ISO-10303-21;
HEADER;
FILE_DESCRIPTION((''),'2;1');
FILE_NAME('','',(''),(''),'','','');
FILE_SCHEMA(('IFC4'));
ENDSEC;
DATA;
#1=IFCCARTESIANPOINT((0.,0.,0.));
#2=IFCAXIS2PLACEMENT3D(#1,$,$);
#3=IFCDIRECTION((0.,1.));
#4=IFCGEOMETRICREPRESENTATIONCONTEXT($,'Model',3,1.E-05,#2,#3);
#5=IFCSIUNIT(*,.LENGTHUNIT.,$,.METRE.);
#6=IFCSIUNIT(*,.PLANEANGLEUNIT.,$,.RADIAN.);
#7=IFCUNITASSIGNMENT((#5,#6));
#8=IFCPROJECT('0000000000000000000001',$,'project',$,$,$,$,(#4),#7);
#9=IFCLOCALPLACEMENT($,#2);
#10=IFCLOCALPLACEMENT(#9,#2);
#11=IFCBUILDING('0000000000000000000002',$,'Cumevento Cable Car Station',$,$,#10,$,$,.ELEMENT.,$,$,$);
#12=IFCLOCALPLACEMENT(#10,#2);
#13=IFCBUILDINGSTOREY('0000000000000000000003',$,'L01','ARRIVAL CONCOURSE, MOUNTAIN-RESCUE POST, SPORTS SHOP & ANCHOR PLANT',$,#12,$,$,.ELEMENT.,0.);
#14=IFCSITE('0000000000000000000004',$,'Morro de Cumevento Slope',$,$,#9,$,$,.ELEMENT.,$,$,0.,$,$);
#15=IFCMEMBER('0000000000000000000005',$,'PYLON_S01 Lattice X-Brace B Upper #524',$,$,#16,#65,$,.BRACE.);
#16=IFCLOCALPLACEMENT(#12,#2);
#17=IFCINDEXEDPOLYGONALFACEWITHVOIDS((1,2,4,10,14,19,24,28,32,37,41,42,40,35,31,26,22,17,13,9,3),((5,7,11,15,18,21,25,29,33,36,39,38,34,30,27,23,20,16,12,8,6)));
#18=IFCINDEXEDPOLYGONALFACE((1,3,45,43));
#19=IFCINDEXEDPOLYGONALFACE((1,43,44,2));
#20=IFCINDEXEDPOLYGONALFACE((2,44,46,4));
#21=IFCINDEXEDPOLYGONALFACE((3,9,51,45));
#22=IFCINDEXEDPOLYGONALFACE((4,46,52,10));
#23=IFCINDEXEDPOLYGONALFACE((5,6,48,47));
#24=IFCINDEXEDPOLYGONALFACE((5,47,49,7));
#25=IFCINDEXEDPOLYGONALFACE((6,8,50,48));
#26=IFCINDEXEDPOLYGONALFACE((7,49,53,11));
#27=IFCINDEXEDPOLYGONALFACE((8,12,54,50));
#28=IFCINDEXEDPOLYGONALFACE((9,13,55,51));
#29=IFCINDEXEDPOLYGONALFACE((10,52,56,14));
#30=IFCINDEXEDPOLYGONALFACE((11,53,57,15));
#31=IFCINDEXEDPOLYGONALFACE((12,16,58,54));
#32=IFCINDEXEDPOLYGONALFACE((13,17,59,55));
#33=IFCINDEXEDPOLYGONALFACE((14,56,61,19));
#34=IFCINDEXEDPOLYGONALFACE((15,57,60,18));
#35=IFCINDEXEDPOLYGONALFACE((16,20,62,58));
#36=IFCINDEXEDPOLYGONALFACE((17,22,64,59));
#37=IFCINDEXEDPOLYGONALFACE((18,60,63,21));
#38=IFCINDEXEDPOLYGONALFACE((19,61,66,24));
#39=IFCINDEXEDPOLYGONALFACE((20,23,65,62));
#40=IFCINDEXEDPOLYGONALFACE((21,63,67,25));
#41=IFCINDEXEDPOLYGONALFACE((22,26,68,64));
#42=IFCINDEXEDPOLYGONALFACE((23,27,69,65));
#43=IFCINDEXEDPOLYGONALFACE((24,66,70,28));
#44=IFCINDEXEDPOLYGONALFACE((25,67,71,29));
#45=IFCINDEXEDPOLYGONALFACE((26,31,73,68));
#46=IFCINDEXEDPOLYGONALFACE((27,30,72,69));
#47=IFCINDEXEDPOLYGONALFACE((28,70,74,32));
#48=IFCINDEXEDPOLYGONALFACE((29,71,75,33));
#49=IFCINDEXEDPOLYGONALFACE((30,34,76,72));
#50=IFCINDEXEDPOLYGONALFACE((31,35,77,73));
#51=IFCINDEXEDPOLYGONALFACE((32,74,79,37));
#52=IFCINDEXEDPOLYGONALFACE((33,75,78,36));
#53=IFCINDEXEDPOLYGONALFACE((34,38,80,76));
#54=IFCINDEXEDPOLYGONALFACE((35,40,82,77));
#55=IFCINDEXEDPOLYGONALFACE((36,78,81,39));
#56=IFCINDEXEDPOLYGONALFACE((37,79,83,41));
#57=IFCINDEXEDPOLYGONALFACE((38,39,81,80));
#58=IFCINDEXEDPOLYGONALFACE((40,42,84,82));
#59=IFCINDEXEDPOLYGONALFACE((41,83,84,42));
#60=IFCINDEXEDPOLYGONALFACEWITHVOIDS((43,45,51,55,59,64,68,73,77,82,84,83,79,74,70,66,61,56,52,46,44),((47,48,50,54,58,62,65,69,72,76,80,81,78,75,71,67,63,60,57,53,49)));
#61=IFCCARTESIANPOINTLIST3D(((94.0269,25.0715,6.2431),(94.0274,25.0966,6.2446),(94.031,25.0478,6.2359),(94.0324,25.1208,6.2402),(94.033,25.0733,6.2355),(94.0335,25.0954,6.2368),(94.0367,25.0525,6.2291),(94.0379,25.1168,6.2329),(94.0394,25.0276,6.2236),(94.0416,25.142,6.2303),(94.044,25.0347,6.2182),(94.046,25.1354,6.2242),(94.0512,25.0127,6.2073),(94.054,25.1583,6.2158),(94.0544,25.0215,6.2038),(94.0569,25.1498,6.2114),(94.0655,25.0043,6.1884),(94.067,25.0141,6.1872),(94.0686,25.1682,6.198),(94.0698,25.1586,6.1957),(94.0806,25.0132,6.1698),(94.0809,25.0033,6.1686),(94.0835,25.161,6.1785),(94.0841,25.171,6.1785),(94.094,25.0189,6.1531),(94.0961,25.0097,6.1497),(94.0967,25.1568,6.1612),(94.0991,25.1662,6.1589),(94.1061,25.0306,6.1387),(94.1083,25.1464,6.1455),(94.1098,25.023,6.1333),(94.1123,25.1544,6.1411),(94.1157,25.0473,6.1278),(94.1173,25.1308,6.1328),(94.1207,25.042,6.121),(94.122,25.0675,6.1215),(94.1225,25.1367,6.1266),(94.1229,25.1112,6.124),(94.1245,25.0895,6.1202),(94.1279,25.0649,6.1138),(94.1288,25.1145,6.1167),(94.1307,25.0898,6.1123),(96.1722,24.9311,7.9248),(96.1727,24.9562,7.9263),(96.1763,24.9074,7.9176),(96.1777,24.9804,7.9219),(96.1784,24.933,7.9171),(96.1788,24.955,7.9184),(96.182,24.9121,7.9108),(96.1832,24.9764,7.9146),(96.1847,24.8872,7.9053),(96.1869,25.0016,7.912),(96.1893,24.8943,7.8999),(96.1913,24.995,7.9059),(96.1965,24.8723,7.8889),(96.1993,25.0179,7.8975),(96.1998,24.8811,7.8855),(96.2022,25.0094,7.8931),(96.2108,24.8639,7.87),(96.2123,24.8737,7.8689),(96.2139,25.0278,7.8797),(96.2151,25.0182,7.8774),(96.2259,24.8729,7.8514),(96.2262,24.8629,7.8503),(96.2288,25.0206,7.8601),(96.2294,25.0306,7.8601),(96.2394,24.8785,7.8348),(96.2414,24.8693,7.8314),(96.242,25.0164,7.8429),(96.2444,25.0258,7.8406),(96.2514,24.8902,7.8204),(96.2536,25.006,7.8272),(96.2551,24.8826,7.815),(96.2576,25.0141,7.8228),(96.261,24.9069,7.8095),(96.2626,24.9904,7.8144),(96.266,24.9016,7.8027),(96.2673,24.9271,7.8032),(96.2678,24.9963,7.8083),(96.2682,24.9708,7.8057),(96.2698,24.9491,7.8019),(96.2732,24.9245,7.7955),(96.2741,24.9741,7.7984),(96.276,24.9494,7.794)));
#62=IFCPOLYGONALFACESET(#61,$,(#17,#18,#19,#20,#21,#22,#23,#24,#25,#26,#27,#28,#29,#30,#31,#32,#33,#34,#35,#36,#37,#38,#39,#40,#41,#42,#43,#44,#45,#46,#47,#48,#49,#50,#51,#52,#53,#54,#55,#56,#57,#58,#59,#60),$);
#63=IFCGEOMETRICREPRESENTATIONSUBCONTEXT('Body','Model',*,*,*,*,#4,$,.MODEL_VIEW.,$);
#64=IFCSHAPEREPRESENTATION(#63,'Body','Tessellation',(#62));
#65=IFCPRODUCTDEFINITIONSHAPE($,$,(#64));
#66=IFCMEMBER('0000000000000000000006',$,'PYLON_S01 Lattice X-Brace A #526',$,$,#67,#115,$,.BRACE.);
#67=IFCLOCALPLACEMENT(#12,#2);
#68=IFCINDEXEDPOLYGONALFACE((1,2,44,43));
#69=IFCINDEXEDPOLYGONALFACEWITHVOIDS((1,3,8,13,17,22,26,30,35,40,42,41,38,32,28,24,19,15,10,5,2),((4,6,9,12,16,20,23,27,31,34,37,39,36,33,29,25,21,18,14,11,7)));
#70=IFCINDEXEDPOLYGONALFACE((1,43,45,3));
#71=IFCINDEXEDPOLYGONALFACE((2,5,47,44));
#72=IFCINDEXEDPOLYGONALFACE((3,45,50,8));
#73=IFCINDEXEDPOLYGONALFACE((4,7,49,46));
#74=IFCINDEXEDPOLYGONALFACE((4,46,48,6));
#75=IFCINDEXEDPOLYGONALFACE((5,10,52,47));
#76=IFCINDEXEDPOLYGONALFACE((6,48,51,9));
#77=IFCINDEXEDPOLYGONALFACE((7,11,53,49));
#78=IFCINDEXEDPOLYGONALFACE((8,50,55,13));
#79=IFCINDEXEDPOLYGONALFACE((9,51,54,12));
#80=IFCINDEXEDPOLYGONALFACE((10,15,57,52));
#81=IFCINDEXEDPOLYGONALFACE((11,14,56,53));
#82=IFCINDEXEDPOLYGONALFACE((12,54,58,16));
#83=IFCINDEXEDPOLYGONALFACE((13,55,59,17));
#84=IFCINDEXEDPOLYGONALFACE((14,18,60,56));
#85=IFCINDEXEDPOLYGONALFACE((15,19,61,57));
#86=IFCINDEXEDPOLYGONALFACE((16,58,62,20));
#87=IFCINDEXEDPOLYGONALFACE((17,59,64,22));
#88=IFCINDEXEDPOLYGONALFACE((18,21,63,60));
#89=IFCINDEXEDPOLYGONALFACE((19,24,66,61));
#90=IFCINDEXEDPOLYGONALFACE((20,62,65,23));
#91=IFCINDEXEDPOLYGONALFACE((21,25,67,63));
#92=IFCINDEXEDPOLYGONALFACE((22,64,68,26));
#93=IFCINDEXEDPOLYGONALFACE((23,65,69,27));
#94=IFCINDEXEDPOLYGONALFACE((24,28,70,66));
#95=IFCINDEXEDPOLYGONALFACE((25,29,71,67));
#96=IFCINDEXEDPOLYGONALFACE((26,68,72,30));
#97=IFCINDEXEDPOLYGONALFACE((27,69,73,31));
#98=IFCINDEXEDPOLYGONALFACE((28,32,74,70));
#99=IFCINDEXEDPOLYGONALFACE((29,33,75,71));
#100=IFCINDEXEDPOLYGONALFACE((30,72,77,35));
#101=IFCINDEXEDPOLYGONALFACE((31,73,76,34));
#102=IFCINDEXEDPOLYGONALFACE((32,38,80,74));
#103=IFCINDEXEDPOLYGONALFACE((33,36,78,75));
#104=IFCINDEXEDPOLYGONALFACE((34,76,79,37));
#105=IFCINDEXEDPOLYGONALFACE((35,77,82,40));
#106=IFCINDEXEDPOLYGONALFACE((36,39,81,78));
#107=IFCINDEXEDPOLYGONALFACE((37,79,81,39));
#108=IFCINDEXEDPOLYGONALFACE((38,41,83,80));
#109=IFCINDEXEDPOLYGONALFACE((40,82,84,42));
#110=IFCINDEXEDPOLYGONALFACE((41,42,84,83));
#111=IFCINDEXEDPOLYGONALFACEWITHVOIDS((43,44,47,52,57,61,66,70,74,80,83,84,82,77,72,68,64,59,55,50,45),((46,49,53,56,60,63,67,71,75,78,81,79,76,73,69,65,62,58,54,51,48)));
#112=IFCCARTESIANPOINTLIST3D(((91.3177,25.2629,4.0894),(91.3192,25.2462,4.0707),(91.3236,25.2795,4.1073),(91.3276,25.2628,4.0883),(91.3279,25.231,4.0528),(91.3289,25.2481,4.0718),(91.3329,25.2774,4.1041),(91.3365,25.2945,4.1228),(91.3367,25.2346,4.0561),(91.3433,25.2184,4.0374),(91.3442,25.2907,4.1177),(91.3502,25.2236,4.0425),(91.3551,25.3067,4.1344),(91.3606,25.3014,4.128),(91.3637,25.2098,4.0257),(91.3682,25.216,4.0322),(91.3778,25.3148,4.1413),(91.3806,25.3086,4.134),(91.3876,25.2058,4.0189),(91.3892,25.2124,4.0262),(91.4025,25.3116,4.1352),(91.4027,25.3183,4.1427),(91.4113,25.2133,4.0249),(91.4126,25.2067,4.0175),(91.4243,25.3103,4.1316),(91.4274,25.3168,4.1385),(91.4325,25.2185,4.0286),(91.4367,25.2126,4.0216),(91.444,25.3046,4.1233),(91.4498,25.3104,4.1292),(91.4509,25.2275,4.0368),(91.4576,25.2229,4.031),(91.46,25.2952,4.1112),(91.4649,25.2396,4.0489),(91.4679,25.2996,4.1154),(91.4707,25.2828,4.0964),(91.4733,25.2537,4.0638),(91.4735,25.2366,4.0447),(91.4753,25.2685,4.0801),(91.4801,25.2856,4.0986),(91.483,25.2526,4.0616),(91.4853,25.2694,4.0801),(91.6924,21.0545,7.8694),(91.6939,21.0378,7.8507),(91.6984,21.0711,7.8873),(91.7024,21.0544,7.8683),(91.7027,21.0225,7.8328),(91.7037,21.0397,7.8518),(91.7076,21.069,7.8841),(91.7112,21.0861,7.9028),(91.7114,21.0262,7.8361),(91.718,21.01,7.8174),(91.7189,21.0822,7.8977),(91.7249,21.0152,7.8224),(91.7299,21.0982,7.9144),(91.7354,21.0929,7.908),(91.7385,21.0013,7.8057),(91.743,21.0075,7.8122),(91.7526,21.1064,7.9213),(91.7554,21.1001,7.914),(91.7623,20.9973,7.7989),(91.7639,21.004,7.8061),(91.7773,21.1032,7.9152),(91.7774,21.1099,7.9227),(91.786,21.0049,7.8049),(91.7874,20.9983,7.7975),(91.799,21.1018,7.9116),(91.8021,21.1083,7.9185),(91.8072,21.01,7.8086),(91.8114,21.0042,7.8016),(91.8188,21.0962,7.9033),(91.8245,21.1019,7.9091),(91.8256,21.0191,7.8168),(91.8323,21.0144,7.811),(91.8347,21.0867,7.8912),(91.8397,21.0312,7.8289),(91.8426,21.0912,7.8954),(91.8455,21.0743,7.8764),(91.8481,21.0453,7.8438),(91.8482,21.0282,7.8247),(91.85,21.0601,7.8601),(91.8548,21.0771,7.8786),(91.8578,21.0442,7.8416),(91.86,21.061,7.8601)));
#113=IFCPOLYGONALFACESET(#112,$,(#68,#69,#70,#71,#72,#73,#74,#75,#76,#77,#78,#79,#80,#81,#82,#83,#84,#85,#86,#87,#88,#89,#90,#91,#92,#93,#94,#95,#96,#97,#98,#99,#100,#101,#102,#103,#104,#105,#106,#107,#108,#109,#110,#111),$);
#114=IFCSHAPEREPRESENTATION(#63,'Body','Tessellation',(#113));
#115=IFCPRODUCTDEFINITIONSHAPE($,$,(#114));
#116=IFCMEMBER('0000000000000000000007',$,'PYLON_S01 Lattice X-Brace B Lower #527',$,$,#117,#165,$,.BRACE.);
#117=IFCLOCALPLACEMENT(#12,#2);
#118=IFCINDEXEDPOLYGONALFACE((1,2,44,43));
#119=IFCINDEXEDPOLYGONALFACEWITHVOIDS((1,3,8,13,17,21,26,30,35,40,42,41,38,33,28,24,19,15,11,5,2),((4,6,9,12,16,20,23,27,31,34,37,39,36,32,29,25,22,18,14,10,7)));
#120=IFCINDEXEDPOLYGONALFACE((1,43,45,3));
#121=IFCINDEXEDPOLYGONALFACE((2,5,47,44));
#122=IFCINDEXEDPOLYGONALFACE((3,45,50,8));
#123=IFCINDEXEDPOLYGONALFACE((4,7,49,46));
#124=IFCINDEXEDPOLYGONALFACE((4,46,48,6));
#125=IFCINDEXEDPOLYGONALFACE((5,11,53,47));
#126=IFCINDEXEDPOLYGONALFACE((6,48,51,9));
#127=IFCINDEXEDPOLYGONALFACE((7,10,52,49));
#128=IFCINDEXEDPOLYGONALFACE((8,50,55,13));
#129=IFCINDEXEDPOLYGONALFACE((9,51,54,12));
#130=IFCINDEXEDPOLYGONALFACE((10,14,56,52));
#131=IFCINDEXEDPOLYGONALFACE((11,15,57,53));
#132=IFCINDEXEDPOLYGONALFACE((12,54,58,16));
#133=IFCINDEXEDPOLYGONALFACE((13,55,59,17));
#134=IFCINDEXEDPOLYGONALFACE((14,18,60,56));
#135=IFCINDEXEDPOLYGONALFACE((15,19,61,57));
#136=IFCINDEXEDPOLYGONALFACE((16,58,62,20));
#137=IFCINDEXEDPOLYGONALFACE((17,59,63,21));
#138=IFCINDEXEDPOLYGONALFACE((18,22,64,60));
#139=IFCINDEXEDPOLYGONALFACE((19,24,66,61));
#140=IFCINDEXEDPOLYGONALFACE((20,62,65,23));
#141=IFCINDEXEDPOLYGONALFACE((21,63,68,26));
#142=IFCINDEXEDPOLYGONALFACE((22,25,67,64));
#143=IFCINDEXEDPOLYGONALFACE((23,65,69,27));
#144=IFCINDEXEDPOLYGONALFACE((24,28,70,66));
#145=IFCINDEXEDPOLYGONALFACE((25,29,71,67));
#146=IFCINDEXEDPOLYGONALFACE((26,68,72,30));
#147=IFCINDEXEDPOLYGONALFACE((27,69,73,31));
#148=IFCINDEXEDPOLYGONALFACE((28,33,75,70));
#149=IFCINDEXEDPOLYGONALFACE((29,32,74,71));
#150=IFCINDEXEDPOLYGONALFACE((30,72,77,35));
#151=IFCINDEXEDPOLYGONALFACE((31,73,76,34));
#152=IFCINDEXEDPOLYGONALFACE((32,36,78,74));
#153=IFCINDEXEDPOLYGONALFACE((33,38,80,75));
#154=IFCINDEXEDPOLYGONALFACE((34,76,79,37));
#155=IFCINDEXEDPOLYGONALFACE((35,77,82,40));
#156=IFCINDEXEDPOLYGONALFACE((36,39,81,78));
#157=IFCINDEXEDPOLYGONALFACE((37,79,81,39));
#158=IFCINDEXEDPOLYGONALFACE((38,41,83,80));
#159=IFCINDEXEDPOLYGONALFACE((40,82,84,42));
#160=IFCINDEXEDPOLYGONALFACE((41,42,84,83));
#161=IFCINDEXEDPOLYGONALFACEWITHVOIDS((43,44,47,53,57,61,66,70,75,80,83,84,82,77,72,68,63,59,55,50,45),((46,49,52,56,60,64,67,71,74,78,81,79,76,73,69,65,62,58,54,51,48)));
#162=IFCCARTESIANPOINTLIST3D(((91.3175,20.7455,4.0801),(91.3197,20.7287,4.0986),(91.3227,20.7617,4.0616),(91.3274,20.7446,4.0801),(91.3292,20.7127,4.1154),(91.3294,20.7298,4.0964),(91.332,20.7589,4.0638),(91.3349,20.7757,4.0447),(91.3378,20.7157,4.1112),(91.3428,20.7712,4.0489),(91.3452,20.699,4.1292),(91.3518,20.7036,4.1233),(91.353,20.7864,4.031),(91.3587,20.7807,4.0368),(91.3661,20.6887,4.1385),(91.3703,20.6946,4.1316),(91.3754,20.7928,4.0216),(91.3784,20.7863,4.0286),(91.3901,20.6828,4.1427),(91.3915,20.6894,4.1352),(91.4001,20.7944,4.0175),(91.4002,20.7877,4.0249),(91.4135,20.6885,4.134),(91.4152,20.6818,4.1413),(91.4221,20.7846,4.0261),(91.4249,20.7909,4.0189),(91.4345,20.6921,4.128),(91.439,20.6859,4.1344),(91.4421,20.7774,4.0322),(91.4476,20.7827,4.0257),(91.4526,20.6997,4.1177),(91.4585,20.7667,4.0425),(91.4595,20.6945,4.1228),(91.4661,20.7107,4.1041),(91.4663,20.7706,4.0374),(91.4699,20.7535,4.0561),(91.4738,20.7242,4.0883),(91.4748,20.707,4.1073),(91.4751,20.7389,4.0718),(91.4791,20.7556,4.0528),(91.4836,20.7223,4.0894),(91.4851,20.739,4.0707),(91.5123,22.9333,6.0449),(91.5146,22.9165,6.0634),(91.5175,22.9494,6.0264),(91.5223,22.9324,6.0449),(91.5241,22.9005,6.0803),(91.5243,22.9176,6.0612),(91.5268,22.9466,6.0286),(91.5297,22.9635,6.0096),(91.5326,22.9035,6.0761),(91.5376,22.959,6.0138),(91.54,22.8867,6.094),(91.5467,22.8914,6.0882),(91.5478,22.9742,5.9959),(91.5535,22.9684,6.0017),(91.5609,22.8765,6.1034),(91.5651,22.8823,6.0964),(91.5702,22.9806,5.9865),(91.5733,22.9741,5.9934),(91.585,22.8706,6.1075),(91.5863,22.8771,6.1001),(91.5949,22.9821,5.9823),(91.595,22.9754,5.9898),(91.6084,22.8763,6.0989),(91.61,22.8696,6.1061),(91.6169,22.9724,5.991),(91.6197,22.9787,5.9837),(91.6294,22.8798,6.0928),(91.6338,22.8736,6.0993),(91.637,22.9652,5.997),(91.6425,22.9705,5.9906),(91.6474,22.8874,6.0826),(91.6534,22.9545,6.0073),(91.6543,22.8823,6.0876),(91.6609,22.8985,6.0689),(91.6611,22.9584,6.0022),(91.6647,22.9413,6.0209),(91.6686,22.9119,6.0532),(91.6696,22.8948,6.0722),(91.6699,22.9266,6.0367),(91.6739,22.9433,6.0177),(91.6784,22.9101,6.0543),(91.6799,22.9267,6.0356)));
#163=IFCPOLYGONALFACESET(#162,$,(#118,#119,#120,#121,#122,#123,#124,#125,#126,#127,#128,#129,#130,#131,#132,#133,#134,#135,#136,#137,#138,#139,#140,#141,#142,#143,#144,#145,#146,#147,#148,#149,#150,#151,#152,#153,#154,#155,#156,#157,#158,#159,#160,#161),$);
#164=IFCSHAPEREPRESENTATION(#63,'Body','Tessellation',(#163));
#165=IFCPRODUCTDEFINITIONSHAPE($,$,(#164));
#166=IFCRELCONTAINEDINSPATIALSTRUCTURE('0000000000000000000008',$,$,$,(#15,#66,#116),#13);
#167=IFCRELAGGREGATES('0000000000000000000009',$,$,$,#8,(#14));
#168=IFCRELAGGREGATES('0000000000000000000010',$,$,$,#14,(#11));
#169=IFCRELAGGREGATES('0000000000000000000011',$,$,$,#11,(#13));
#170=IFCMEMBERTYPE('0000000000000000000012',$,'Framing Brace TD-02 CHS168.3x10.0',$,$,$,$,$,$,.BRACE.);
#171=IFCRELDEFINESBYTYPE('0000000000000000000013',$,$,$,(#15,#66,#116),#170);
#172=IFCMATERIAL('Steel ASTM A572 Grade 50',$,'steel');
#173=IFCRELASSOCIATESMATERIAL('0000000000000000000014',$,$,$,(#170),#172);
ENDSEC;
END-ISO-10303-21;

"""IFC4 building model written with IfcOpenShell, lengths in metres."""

from ifc_helpers import new_model, si_unit, direction, frame, origin, origin_2d, place, context, subcontext, project, spatial, hollow_circle, extrude, material, material_profile, profile_set, type_object, element, save


model = new_model("IFC4")

# Units and contexts
model_context = context("Model", 3, precision=1e-05, world=origin(), true_north=direction((0.0, 1.0)))
body_context = subcontext(model_context, "Body", "Model", "MODEL_VIEW")
ifc_project = project(units=[si_unit("LENGTHUNIT", "METRE"), si_unit("PLANEANGLEUNIT", "RADIAN")], contexts=[model_context])

# Site, building, storey
site_placement = place(None, origin())
site = spatial("IfcSite", under=ifc_project, at=site_placement, Name="Morro de Cumevento Slope", CompositionType="ELEMENT", RefElevation=0.0)
building_placement = place(site_placement, origin())
building = spatial("IfcBuilding", under=site, at=building_placement, Name="Cumevento Cable Car Station", CompositionType="ELEMENT")
storey_placement = place(building_placement, origin())
storey = spatial("IfcBuildingStorey", under=building, at=storey_placement, Name="L01", Description="ARRIVAL CONCOURSE, MOUNTAIN-RESCUE POST, SPORTS SHOP & ANCHOR PLANT", CompositionType="ELEMENT", Elevation=0.0)

# Members
ifc_material_1 = material(Name="Steel ASTM A572 Grade 50", Category="steel")
ifc_material_profile_1 = material_profile(ifc_material_1, hollow_circle(Radius=0.0842, WallThickness=0.01, at=origin_2d()), Name="CHS168.3x10.0")
ifc_profile_set_1 = profile_set([ifc_material_profile_1], Name="Steel ASTM A572 Grade 50")
member_type_1 = type_object("IfcMemberType", Name="Framing Brace TD-02 CHS168.3x10.0", PredefinedType="BRACE", material=ifc_profile_set_1)
member_1_placement = place(storey_placement, frame((94.0786, 25.0869, 6.1785), z_axis=(0.785975, -0.051432, 0.616115), x_axis=(0.065298, 0.997866, 0.0)))
element("IfcMember", 1, at=member_1_placement, inside=storey, type_object=member_type_1, Name="PYLON_S01 Lattice X-Brace B Upper #524", PredefinedType="BRACE", context=body_context, shape_type="SweptSolid", body=[
    extrude(hollow_circle(Radius=0.0842, WallThickness=0.01, at=origin_2d()), origin(), (0.0, 0.0, 1.0), 2.7295),
])
member_2_placement = place(storey_placement, frame((91.4014, 25.262, 4.0801), z_axis=(0.066103, -0.742336, 0.666759), x_axis=(0.996059, 0.088696, 0.0)))
element("IfcMember", 2, at=member_2_placement, inside=storey, type_object=member_type_1, Name="PYLON_S01 Lattice X-Brace A #526", PredefinedType="BRACE", context=body_context, shape_type="SweptSolid", body=[
    extrude(hollow_circle(Radius=0.0842, WallThickness=0.01, at=origin_2d()), origin(), (0.0, 0.0, 1.0), 5.6692),
])
member_3_placement = place(storey_placement, frame((91.4014, 20.738, 4.0801), z_axis=(0.066109, 0.742364, 0.666727), x_axis=(-0.996058, 0.088702, 0.0)))
element("IfcMember", 3, at=member_3_placement, inside=storey, type_object=member_type_1, Name="PYLON_S01 Lattice X-Brace B Lower #527", PredefinedType="BRACE", context=body_context, shape_type="SweptSolid", body=[
    extrude(hollow_circle(Radius=0.0842, WallThickness=0.01, at=origin_2d()), origin(), (0.0, 0.0, 1.0), 2.947),
])

save(model, "model.ifc")
